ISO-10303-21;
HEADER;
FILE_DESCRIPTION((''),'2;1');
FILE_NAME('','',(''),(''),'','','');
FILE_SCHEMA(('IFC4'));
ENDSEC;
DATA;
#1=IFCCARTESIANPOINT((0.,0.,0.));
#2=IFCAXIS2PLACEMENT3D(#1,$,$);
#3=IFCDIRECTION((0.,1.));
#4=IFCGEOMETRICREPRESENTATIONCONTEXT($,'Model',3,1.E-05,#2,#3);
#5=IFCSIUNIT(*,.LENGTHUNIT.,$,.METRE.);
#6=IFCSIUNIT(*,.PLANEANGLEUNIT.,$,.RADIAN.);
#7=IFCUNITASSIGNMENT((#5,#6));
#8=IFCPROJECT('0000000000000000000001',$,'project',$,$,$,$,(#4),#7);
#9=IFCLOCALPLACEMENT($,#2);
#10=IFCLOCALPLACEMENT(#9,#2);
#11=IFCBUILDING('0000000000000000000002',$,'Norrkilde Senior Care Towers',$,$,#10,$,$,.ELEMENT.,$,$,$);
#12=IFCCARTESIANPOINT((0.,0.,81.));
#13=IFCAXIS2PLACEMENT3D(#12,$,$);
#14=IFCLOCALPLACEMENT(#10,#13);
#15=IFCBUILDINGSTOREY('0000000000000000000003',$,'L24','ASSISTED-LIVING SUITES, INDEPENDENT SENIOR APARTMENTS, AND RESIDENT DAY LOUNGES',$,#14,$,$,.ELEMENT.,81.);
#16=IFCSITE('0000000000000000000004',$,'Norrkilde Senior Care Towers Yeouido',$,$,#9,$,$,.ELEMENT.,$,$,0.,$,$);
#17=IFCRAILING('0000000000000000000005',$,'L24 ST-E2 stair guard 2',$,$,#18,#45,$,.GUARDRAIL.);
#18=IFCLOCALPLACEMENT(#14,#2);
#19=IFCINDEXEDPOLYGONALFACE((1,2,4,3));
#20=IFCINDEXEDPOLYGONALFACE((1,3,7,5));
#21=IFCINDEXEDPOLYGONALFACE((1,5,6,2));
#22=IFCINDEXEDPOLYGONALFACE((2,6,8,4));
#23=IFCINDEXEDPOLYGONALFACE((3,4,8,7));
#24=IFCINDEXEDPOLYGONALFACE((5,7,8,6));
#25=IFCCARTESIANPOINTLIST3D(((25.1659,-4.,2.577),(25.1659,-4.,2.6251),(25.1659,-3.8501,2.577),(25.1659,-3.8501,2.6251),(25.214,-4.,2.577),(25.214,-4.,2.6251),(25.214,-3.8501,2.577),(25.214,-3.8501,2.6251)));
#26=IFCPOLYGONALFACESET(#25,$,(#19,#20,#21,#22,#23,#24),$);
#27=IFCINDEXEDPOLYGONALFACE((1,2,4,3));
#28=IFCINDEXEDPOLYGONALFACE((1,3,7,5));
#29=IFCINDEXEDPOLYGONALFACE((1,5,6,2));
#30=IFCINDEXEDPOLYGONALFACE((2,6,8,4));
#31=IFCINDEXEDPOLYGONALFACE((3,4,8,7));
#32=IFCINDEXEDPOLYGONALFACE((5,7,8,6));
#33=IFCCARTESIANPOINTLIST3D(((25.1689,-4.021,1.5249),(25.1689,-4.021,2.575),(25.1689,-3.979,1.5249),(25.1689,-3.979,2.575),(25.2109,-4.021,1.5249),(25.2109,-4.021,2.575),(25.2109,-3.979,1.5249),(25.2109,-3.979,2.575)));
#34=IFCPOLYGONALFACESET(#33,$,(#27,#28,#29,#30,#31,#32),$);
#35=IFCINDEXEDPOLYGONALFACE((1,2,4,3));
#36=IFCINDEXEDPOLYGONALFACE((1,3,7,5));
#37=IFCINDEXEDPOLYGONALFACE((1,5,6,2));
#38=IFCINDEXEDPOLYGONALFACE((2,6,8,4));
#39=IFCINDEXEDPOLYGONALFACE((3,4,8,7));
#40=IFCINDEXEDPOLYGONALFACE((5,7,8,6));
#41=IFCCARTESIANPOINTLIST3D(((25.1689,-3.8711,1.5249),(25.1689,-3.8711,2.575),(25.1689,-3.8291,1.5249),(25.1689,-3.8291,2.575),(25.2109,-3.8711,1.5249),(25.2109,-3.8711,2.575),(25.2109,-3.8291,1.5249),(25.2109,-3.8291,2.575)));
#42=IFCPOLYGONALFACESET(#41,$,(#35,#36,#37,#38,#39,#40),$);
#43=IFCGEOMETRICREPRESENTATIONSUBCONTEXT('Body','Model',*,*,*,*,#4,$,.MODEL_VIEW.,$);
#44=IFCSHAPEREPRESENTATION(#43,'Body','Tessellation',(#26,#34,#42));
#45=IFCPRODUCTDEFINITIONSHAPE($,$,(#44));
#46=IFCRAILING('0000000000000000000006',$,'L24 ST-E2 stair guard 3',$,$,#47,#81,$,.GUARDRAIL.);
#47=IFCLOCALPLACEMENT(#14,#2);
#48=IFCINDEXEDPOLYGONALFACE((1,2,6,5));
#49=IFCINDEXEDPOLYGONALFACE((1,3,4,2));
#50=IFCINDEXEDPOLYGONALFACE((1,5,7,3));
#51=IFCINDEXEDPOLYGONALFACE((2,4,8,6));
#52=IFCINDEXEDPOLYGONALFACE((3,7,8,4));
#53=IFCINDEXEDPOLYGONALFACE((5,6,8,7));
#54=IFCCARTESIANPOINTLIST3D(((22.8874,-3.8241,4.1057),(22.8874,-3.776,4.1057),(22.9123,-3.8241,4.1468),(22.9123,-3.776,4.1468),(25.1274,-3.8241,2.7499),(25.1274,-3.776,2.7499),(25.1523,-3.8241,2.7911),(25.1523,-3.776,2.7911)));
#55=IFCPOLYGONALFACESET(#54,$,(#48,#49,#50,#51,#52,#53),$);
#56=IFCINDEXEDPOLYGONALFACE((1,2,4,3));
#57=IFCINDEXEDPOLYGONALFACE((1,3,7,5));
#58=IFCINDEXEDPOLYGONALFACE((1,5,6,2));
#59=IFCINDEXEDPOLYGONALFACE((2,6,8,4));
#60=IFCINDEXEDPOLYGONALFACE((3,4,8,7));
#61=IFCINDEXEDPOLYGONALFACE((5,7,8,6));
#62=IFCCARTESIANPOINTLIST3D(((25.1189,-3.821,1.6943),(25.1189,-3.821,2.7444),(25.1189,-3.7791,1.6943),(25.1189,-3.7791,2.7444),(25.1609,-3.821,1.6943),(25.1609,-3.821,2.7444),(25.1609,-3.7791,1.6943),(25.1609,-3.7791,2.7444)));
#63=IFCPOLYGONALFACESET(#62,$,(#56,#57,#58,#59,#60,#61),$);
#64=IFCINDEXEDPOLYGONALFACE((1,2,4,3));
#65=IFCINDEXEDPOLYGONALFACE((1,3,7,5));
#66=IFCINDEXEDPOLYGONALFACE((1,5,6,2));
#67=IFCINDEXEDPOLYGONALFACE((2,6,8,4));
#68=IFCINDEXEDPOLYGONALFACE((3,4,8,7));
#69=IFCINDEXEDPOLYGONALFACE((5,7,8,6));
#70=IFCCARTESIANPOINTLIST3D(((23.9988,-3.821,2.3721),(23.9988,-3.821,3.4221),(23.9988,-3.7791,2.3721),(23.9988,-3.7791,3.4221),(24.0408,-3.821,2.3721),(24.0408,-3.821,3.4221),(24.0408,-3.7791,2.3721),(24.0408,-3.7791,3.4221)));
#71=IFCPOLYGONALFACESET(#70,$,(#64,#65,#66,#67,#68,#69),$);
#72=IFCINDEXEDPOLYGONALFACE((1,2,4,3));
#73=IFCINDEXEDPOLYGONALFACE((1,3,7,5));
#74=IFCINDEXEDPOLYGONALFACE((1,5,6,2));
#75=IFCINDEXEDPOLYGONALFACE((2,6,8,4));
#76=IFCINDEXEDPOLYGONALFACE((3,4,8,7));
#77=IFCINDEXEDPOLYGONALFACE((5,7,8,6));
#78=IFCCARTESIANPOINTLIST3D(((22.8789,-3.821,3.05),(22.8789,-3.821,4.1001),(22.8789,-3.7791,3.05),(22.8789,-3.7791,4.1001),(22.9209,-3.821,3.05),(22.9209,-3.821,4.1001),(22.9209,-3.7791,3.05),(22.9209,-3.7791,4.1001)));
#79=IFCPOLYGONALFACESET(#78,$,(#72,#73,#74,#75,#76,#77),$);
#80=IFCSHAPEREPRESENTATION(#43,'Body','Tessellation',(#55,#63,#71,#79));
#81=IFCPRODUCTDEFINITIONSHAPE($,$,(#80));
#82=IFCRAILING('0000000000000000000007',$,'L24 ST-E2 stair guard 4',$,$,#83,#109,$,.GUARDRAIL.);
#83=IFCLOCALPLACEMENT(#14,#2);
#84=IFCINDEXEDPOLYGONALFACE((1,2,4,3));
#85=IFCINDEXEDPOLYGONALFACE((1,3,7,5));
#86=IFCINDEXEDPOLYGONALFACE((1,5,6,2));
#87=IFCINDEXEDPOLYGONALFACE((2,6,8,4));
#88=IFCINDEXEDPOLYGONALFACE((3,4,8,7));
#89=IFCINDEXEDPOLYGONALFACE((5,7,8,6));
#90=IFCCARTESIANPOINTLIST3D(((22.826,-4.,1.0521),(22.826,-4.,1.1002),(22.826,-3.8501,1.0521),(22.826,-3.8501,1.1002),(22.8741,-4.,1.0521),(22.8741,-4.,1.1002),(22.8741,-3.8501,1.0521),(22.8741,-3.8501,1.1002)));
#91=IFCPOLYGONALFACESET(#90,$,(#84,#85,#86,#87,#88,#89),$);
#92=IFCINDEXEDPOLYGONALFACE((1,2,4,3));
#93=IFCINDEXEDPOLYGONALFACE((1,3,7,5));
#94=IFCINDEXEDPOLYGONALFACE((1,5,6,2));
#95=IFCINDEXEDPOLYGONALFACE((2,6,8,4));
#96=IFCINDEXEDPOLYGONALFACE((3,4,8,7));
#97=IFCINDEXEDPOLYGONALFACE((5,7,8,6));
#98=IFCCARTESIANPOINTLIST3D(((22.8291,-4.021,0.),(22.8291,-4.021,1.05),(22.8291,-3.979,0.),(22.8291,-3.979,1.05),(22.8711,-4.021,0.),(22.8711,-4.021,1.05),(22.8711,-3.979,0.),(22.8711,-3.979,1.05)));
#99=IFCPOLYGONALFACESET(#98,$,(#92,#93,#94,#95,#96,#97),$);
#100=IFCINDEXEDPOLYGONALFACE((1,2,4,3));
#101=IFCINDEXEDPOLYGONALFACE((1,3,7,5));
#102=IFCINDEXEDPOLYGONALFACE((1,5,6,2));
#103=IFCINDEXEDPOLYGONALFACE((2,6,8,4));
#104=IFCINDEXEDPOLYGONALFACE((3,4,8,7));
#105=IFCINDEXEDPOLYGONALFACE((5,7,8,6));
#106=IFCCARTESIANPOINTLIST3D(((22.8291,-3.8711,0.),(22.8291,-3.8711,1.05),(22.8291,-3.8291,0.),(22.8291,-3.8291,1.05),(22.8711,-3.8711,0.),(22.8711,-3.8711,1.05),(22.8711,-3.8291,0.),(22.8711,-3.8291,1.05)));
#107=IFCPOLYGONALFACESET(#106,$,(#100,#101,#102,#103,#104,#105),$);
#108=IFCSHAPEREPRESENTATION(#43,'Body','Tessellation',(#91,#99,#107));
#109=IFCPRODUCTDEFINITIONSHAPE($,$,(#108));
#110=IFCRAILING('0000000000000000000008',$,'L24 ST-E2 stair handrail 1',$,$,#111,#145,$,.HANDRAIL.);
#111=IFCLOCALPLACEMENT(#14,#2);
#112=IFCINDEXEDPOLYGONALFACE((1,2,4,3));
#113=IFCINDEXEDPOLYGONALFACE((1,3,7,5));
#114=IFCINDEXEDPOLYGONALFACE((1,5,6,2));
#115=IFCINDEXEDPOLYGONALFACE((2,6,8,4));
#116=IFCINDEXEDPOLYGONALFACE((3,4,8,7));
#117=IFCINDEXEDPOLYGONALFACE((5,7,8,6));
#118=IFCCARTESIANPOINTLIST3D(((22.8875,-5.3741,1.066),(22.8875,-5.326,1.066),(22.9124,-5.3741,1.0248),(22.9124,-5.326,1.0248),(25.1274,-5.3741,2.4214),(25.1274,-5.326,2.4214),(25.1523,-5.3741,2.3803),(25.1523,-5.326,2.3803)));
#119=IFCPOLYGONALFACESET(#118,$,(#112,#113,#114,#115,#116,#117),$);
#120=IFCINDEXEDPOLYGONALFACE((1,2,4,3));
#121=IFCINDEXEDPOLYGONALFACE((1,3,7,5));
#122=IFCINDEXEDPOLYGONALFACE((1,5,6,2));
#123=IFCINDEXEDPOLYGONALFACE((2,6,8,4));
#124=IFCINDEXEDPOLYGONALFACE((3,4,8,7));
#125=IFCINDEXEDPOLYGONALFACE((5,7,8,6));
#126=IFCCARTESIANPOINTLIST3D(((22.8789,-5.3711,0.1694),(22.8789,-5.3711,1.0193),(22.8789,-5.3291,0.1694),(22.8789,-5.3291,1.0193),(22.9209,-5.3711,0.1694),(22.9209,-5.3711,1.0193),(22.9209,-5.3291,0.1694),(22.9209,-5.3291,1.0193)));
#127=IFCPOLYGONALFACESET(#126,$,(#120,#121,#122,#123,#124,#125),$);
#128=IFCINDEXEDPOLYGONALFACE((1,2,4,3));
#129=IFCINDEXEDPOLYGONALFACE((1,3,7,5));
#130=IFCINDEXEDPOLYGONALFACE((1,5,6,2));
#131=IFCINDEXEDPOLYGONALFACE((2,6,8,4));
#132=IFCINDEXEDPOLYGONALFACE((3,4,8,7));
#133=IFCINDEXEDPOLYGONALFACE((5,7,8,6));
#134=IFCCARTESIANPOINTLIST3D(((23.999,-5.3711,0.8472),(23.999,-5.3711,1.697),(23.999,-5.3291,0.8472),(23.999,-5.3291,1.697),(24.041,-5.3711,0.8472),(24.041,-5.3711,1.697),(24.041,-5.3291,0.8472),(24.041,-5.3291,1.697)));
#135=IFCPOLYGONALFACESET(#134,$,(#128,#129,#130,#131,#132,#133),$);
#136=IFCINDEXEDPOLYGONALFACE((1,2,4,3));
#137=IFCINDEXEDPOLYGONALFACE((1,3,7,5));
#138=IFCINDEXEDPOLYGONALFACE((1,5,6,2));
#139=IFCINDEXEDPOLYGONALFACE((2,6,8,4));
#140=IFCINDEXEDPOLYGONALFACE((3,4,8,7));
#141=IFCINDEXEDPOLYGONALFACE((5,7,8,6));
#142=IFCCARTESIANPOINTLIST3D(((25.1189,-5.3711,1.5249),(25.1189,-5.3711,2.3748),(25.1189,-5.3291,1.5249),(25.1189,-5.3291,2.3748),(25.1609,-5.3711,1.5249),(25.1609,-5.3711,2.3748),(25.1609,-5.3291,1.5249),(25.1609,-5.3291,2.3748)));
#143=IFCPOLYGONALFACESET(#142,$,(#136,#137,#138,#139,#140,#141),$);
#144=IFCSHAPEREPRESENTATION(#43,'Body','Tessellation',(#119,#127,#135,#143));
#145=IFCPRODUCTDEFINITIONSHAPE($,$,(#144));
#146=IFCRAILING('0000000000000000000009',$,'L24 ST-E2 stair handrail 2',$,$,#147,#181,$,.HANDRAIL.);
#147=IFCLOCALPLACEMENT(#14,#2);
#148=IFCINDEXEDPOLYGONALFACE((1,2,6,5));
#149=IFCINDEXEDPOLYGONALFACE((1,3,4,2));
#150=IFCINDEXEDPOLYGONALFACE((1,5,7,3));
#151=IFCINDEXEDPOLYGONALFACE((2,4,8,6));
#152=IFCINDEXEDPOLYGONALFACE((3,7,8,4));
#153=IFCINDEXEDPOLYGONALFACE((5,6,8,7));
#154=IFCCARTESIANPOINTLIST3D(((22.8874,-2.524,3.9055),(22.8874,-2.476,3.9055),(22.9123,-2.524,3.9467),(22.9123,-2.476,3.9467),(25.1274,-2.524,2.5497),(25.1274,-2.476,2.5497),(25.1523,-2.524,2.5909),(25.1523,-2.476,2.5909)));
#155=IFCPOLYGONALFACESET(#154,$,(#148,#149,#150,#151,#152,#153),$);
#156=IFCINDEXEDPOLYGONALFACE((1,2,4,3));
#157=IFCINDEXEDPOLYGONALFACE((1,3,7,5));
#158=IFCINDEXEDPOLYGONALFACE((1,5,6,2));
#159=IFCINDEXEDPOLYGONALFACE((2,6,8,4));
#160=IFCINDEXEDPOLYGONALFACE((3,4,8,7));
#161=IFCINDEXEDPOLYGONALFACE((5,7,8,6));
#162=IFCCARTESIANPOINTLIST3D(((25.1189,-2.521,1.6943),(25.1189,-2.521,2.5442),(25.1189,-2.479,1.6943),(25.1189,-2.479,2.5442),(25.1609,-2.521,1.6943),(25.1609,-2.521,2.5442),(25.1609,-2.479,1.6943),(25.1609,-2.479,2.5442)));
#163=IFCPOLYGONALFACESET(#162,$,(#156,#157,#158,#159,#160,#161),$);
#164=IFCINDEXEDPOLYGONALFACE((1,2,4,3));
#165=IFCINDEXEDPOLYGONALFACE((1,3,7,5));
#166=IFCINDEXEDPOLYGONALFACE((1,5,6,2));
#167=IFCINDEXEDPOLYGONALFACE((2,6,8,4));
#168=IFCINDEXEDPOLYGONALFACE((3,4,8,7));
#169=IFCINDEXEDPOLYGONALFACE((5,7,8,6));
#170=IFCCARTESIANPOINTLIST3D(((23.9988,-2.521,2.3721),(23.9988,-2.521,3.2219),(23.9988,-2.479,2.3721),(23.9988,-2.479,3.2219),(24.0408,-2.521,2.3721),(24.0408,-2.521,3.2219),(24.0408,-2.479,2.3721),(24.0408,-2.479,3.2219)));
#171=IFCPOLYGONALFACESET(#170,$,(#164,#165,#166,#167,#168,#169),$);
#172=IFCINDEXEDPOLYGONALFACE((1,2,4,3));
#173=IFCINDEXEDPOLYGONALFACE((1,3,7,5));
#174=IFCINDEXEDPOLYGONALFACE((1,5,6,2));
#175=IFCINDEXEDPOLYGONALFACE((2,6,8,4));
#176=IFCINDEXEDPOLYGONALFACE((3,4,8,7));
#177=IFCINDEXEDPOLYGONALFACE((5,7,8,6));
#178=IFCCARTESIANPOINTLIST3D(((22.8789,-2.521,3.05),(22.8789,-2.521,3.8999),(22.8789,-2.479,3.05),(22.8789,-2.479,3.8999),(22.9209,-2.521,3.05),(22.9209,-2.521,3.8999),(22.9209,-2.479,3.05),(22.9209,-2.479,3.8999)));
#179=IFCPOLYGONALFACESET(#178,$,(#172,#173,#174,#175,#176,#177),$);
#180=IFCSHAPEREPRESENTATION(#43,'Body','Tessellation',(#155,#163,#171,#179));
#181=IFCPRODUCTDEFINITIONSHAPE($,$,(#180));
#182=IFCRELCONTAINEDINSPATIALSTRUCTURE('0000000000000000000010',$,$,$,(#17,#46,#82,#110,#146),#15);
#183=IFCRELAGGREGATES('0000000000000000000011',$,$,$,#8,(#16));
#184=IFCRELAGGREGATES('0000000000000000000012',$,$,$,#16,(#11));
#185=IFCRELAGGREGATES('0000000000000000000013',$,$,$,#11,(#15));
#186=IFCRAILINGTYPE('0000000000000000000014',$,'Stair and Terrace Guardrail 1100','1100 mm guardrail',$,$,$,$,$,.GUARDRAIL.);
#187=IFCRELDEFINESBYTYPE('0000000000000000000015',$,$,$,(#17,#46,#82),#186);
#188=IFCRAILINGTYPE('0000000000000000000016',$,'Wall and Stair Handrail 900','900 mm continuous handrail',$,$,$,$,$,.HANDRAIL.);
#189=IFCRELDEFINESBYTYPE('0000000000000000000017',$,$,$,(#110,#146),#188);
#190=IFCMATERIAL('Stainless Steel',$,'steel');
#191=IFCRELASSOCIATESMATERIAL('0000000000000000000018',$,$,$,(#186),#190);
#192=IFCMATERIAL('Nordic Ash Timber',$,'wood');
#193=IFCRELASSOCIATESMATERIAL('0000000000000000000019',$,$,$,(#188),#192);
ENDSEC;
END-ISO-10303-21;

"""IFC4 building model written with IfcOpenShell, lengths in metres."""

from ifc_helpers import new_model, si_unit, direction, frame, origin, origin_2d, place, context, subcontext, project, spatial, rectangle, extrude, material, type_object, element, save


model = new_model("IFC4")

# Units and contexts
model_context = context("Model", 3, precision=1e-05, world=origin(), true_north=direction((0.0, 1.0)))
body_context = subcontext(model_context, "Body", "Model", "MODEL_VIEW")
ifc_project = project(units=[si_unit("LENGTHUNIT", "METRE"), si_unit("PLANEANGLEUNIT", "RADIAN")], contexts=[model_context])

# Site, building, storey
site_placement = place(None, origin())
site = spatial("IfcSite", under=ifc_project, at=site_placement, Name="Norrkilde Senior Care Towers Yeouido", CompositionType="ELEMENT", RefElevation=0.0)
building_placement = place(site_placement, origin())
building = spatial("IfcBuilding", under=site, at=building_placement, Name="Norrkilde Senior Care Towers", CompositionType="ELEMENT")
storey_placement = place(building_placement, frame((0.0, 0.0, 81.0)))
storey = spatial("IfcBuildingStorey", under=building, at=storey_placement, Name="L24", Description="ASSISTED-LIVING SUITES, INDEPENDENT SENIOR APARTMENTS, AND RESIDENT DAY LOUNGES", CompositionType="ELEMENT", Elevation=81.0)

# Shared definitions
ifc_material_1 = material(Name="Nordic Ash Timber", Category="wood")

# Railings
ifc_material_2 = material(Name="Stainless Steel", Category="steel")
railing_type_1 = type_object("IfcRailingType", Name="Stair and Terrace Guardrail 1100", Description="1100 mm guardrail", PredefinedType="GUARDRAIL", material=ifc_material_2)
railing_1_placement = place(storey_placement, frame((25.1899, -4.0, 1.5249)))
element("IfcRailing", 1, at=railing_1_placement, inside=storey, type_object=railing_type_1, Name="L24 ST-E2 stair guard 2", PredefinedType="GUARDRAIL", context=body_context, shape_type="SweptSolid", body=[
    extrude(rectangle(XDim=0.0481, YDim=0.0481, at=origin_2d()), frame((0.0, 0.0, 1.0762), z_axis=(0.0, 1.0, 0.0), x_axis=(-1.0, 0.0, 0.0)), (0.0, 0.0, 1.0), 0.1499),
    extrude(rectangle(XDim=0.042, YDim=0.042, at=origin_2d()), origin(), (0.0, 0.0, 1.0), 1.05),
    extrude(rectangle(XDim=0.042, YDim=0.042, at=origin_2d()), frame((0.0, 0.1499, 0.0)), (0.0, 0.0, 1.0), 1.05),
])
railing_2_placement = place(storey_placement, frame((25.1399, -3.8, 1.6943)))
element("IfcRailing", 2, at=railing_2_placement, inside=storey, type_object=railing_type_1, Name="L24 ST-E2 stair guard 3", PredefinedType="GUARDRAIL", context=body_context, shape_type="SweptSolid", body=[
    extrude(rectangle(XDim=0.0481, YDim=0.0481, at=origin_2d()), frame((0.0, 0.0, 1.0762), z_axis=(-0.855512, 0.0, 0.517783), x_axis=(0.0, -1.0, 0.0)), (0.0, 0.0, 1.0), 2.6184),
    extrude(rectangle(XDim=0.042, YDim=0.042, at=origin_2d()), origin(), (0.0, 0.0, 1.0), 1.05),
    extrude(rectangle(XDim=0.042, YDim=0.042, at=origin_2d()), frame((-1.1201, 0.0, 0.6777)), (0.0, 0.0, 1.0), 1.05),
    extrude(rectangle(XDim=0.042, YDim=0.042, at=origin_2d()), frame((-2.24, 0.0, 1.3557)), (0.0, 0.0, 1.0), 1.05),
])
railing_3_placement = place(storey_placement, frame((22.8501, -4.0, 0.0)))
element("IfcRailing", 3, at=railing_3_placement, inside=storey, type_object=railing_type_1, Name="L24 ST-E2 stair guard 4", PredefinedType="GUARDRAIL", context=body_context, shape_type="SweptSolid", body=[
    extrude(rectangle(XDim=0.0481, YDim=0.0481, at=origin_2d()), frame((0.0, 0.0, 1.0762), z_axis=(0.0, 1.0, 0.0), x_axis=(-1.0, 0.0, 0.0)), (0.0, 0.0, 1.0), 0.1499),
    extrude(rectangle(XDim=0.042, YDim=0.042, at=origin_2d()), origin(), (0.0, 0.0, 1.0), 1.05),
    extrude(rectangle(XDim=0.042, YDim=0.042, at=origin_2d()), frame((0.0, 0.1499, 0.0)), (0.0, 0.0, 1.0), 1.05),
])
railing_type_2 = type_object("IfcRailingType", Name="Wall and Stair Handrail 900", Description="900 mm continuous handrail", PredefinedType="HANDRAIL", material=ifc_material_1)
railing_4_placement = place(storey_placement, frame((22.8999, -5.3501, 0.1694)))
element("IfcRailing", 4, at=railing_4_placement, inside=storey, type_object=railing_type_2, Name="L24 ST-E2 stair handrail 1", PredefinedType="HANDRAIL", context=body_context, shape_type="SweptSolid", body=[
    extrude(rectangle(XDim=0.0481, YDim=0.0481, at=origin_2d()), frame((0.0, 0.0, 0.876), z_axis=(0.855553, 0.0, 0.517715), x_axis=(0.0, 1.0, 0.0)), (0.0, 0.0, 1.0), 2.6182),
    extrude(rectangle(XDim=0.042, YDim=0.042, at=origin_2d()), origin(), (0.0, 0.0, 1.0), 0.8499),
    extrude(rectangle(XDim=0.042, YDim=0.042, at=origin_2d()), frame((1.1201, 0.0, 0.6777)), (0.0, 0.0, 1.0), 0.8499),
    extrude(rectangle(XDim=0.042, YDim=0.042, at=origin_2d()), frame((2.24, 0.0, 1.3555)), (0.0, 0.0, 1.0), 0.8499),
])
railing_5_placement = place(storey_placement, frame((25.1399, -2.5, 1.6943)))
element("IfcRailing", 5, at=railing_5_placement, inside=storey, type_object=railing_type_2, Name="L24 ST-E2 stair handrail 2", PredefinedType="HANDRAIL", context=body_context, shape_type="SweptSolid", body=[
    extrude(rectangle(XDim=0.0481, YDim=0.0481, at=origin_2d()), frame((0.0, 0.0, 0.876), z_axis=(-0.855512, 0.0, 0.517783), x_axis=(0.0, -1.0, 0.0)), (0.0, 0.0, 1.0), 2.6184),
    extrude(rectangle(XDim=0.042, YDim=0.042, at=origin_2d()), origin(), (0.0, 0.0, 1.0), 0.8499),
    extrude(rectangle(XDim=0.042, YDim=0.042, at=origin_2d()), frame((-1.1201, 0.0, 0.6777)), (0.0, 0.0, 1.0), 0.8499),
    extrude(rectangle(XDim=0.042, YDim=0.042, at=origin_2d()), frame((-2.24, 0.0, 1.3557)), (0.0, 0.0, 1.0), 0.8499),
])

save(model, "model.ifc")
